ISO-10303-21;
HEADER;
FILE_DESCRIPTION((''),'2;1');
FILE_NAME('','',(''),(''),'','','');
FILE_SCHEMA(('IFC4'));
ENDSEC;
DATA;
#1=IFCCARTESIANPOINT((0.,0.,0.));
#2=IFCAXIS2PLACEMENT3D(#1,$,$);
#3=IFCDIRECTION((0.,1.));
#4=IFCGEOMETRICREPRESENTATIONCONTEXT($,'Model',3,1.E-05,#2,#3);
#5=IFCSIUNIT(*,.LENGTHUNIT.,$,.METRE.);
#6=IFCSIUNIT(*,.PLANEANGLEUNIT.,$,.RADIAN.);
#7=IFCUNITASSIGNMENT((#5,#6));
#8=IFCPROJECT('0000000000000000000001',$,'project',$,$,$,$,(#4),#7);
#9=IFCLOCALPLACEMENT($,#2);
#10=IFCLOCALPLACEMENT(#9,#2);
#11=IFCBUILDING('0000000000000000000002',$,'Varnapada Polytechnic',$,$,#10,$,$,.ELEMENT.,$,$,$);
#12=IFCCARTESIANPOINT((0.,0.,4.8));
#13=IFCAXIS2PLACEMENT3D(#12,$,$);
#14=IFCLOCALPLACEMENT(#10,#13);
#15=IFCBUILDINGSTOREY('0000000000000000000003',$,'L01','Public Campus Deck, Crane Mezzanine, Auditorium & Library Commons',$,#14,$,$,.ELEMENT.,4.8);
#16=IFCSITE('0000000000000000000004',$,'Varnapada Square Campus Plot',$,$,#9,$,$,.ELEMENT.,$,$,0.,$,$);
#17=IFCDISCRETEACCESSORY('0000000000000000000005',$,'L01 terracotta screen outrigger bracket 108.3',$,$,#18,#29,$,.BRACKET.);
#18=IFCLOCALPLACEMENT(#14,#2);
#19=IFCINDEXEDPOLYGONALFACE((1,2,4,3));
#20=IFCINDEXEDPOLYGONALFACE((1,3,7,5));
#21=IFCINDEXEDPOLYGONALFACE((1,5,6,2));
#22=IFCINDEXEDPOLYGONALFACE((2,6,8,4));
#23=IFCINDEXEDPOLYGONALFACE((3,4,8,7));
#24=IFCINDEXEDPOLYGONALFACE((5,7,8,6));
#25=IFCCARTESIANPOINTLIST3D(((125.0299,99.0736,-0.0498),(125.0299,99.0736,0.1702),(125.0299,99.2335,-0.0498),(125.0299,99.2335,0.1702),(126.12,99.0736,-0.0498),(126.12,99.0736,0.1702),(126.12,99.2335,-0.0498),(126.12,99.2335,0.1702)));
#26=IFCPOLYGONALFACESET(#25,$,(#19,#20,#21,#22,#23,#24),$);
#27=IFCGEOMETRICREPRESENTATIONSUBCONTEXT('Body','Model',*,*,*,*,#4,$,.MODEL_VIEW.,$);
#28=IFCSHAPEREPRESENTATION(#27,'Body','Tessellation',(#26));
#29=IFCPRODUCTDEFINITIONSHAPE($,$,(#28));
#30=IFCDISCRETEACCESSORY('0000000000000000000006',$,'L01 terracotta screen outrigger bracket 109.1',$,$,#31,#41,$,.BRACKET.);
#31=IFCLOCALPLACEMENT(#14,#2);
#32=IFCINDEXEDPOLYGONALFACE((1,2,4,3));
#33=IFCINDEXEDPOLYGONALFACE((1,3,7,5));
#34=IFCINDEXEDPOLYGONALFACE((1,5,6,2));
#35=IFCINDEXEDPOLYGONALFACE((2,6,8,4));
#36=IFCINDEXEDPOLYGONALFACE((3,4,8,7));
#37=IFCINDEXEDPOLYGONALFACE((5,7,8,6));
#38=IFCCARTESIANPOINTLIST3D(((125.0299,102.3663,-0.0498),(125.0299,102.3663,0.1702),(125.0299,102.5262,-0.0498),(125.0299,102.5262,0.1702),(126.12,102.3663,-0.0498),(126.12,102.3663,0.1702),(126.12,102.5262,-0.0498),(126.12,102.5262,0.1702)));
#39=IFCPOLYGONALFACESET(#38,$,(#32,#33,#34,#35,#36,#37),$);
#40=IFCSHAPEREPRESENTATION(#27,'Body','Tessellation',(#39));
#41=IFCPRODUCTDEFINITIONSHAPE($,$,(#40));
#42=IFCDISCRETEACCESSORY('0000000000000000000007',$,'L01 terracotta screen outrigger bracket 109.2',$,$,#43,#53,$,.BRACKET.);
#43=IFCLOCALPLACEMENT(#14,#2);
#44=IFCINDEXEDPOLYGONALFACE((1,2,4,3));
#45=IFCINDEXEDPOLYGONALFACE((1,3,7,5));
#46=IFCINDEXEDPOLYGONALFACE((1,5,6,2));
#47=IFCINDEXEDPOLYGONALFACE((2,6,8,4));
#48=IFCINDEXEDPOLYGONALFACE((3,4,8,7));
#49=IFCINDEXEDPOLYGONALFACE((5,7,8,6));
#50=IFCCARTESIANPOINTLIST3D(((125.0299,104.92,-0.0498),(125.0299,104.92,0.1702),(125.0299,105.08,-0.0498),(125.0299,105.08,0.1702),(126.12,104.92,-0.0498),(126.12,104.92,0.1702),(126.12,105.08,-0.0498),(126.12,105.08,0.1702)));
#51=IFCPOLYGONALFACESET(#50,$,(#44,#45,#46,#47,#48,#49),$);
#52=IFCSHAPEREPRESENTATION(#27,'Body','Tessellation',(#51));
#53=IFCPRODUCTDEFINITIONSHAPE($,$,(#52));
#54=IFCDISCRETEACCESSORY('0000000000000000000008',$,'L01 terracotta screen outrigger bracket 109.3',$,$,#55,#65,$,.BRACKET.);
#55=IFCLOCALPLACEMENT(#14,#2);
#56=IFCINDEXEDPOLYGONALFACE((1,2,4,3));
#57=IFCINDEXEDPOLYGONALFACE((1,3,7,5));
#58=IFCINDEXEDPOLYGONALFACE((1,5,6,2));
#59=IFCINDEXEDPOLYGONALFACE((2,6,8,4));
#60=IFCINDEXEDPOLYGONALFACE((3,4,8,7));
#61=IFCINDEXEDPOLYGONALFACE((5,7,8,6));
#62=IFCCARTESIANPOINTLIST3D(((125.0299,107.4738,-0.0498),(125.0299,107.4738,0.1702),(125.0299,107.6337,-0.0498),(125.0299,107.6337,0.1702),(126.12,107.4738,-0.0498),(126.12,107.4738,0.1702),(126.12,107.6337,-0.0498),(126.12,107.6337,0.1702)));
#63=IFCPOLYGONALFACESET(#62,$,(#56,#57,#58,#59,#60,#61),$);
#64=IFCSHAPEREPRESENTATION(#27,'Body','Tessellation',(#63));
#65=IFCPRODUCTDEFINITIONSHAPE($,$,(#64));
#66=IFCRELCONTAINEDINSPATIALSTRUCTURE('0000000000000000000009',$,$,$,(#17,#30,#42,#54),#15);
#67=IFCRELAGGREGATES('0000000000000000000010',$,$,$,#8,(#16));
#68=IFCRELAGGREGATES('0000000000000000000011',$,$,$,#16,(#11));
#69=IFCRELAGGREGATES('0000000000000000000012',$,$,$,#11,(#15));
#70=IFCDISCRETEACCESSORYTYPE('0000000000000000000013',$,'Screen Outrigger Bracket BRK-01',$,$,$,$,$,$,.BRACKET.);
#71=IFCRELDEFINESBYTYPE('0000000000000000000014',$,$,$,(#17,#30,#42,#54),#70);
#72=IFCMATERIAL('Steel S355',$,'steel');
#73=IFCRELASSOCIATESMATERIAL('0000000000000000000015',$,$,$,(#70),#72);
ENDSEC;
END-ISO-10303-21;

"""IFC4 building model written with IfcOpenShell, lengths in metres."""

from ifc_helpers import new_model, si_unit, direction, frame, origin, origin_2d, place, context, subcontext, project, spatial, rectangle, extrude, material, type_object, element, save


model = new_model("IFC4")

# Units and contexts
model_context = context("Model", 3, precision=1e-05, world=origin(), true_north=direction((0.0, 1.0)))
body_context = subcontext(model_context, "Body", "Model", "MODEL_VIEW")
ifc_project = project(units=[si_unit("LENGTHUNIT", "METRE"), si_unit("PLANEANGLEUNIT", "RADIAN")], contexts=[model_context])

# Site, building, storey
site_placement = place(None, origin())
site = spatial("IfcSite", under=ifc_project, at=site_placement, Name="Varnapada Square Campus Plot", CompositionType="ELEMENT", RefElevation=0.0)
building_placement = place(site_placement, origin())
building = spatial("IfcBuilding", under=site, at=building_placement, Name="Varnapada Polytechnic", CompositionType="ELEMENT")
storey_placement = place(building_placement, frame((0.0, 0.0, 4.8)))
storey = spatial("IfcBuildingStorey", under=building, at=storey_placement, Name="L01", Description="Public Campus Deck, Crane Mezzanine, Auditorium & Library Commons", CompositionType="ELEMENT", Elevation=4.8)

# Discrete accessories
ifc_material_1 = material(Name="Steel S355", Category="steel")
discrete_accessory_type = type_object("IfcDiscreteAccessoryType", Name="Screen Outrigger Bracket BRK-01", PredefinedType="BRACKET", material=ifc_material_1)
for number, where, z_axis, x_axis, name in (
    (1, (125.575, 99.1536, -0.0498), (0.0, 0.0, 1.0), (0.0, 1.0, 0.0), "L01 terracotta screen outrigger bracket 108.3"),
    (2, (125.575, 102.4463, -0.0498), (0.0, 0.0, 1.0), (0.0, 1.0, 0.0), "L01 terracotta screen outrigger bracket 109.1"),
    (3, (125.575, 105.0, -0.0498), (0.0, 0.0, 1.0), (0.0, 1.0, 0.0), "L01 terracotta screen outrigger bracket 109.2"),
    (4, (125.575, 107.5537, -0.0498), (0.0, 0.0, 1.0), (0.0, 1.0, 0.0), "L01 terracotta screen outrigger bracket 109.3"),
):
    element("IfcDiscreteAccessory", number, at=place(storey_placement, frame(where, z_axis=z_axis, x_axis=x_axis)), inside=storey, type_object=discrete_accessory_type, Name=name, PredefinedType="BRACKET", context=body_context, shape_type="SweptSolid", body=[
        extrude(rectangle(XDim=0.1599, YDim=1.0901, at=origin_2d()), origin(), (0.0, 0.0, 1.0), 0.22),
    ])

save(model, "model.ifc")
